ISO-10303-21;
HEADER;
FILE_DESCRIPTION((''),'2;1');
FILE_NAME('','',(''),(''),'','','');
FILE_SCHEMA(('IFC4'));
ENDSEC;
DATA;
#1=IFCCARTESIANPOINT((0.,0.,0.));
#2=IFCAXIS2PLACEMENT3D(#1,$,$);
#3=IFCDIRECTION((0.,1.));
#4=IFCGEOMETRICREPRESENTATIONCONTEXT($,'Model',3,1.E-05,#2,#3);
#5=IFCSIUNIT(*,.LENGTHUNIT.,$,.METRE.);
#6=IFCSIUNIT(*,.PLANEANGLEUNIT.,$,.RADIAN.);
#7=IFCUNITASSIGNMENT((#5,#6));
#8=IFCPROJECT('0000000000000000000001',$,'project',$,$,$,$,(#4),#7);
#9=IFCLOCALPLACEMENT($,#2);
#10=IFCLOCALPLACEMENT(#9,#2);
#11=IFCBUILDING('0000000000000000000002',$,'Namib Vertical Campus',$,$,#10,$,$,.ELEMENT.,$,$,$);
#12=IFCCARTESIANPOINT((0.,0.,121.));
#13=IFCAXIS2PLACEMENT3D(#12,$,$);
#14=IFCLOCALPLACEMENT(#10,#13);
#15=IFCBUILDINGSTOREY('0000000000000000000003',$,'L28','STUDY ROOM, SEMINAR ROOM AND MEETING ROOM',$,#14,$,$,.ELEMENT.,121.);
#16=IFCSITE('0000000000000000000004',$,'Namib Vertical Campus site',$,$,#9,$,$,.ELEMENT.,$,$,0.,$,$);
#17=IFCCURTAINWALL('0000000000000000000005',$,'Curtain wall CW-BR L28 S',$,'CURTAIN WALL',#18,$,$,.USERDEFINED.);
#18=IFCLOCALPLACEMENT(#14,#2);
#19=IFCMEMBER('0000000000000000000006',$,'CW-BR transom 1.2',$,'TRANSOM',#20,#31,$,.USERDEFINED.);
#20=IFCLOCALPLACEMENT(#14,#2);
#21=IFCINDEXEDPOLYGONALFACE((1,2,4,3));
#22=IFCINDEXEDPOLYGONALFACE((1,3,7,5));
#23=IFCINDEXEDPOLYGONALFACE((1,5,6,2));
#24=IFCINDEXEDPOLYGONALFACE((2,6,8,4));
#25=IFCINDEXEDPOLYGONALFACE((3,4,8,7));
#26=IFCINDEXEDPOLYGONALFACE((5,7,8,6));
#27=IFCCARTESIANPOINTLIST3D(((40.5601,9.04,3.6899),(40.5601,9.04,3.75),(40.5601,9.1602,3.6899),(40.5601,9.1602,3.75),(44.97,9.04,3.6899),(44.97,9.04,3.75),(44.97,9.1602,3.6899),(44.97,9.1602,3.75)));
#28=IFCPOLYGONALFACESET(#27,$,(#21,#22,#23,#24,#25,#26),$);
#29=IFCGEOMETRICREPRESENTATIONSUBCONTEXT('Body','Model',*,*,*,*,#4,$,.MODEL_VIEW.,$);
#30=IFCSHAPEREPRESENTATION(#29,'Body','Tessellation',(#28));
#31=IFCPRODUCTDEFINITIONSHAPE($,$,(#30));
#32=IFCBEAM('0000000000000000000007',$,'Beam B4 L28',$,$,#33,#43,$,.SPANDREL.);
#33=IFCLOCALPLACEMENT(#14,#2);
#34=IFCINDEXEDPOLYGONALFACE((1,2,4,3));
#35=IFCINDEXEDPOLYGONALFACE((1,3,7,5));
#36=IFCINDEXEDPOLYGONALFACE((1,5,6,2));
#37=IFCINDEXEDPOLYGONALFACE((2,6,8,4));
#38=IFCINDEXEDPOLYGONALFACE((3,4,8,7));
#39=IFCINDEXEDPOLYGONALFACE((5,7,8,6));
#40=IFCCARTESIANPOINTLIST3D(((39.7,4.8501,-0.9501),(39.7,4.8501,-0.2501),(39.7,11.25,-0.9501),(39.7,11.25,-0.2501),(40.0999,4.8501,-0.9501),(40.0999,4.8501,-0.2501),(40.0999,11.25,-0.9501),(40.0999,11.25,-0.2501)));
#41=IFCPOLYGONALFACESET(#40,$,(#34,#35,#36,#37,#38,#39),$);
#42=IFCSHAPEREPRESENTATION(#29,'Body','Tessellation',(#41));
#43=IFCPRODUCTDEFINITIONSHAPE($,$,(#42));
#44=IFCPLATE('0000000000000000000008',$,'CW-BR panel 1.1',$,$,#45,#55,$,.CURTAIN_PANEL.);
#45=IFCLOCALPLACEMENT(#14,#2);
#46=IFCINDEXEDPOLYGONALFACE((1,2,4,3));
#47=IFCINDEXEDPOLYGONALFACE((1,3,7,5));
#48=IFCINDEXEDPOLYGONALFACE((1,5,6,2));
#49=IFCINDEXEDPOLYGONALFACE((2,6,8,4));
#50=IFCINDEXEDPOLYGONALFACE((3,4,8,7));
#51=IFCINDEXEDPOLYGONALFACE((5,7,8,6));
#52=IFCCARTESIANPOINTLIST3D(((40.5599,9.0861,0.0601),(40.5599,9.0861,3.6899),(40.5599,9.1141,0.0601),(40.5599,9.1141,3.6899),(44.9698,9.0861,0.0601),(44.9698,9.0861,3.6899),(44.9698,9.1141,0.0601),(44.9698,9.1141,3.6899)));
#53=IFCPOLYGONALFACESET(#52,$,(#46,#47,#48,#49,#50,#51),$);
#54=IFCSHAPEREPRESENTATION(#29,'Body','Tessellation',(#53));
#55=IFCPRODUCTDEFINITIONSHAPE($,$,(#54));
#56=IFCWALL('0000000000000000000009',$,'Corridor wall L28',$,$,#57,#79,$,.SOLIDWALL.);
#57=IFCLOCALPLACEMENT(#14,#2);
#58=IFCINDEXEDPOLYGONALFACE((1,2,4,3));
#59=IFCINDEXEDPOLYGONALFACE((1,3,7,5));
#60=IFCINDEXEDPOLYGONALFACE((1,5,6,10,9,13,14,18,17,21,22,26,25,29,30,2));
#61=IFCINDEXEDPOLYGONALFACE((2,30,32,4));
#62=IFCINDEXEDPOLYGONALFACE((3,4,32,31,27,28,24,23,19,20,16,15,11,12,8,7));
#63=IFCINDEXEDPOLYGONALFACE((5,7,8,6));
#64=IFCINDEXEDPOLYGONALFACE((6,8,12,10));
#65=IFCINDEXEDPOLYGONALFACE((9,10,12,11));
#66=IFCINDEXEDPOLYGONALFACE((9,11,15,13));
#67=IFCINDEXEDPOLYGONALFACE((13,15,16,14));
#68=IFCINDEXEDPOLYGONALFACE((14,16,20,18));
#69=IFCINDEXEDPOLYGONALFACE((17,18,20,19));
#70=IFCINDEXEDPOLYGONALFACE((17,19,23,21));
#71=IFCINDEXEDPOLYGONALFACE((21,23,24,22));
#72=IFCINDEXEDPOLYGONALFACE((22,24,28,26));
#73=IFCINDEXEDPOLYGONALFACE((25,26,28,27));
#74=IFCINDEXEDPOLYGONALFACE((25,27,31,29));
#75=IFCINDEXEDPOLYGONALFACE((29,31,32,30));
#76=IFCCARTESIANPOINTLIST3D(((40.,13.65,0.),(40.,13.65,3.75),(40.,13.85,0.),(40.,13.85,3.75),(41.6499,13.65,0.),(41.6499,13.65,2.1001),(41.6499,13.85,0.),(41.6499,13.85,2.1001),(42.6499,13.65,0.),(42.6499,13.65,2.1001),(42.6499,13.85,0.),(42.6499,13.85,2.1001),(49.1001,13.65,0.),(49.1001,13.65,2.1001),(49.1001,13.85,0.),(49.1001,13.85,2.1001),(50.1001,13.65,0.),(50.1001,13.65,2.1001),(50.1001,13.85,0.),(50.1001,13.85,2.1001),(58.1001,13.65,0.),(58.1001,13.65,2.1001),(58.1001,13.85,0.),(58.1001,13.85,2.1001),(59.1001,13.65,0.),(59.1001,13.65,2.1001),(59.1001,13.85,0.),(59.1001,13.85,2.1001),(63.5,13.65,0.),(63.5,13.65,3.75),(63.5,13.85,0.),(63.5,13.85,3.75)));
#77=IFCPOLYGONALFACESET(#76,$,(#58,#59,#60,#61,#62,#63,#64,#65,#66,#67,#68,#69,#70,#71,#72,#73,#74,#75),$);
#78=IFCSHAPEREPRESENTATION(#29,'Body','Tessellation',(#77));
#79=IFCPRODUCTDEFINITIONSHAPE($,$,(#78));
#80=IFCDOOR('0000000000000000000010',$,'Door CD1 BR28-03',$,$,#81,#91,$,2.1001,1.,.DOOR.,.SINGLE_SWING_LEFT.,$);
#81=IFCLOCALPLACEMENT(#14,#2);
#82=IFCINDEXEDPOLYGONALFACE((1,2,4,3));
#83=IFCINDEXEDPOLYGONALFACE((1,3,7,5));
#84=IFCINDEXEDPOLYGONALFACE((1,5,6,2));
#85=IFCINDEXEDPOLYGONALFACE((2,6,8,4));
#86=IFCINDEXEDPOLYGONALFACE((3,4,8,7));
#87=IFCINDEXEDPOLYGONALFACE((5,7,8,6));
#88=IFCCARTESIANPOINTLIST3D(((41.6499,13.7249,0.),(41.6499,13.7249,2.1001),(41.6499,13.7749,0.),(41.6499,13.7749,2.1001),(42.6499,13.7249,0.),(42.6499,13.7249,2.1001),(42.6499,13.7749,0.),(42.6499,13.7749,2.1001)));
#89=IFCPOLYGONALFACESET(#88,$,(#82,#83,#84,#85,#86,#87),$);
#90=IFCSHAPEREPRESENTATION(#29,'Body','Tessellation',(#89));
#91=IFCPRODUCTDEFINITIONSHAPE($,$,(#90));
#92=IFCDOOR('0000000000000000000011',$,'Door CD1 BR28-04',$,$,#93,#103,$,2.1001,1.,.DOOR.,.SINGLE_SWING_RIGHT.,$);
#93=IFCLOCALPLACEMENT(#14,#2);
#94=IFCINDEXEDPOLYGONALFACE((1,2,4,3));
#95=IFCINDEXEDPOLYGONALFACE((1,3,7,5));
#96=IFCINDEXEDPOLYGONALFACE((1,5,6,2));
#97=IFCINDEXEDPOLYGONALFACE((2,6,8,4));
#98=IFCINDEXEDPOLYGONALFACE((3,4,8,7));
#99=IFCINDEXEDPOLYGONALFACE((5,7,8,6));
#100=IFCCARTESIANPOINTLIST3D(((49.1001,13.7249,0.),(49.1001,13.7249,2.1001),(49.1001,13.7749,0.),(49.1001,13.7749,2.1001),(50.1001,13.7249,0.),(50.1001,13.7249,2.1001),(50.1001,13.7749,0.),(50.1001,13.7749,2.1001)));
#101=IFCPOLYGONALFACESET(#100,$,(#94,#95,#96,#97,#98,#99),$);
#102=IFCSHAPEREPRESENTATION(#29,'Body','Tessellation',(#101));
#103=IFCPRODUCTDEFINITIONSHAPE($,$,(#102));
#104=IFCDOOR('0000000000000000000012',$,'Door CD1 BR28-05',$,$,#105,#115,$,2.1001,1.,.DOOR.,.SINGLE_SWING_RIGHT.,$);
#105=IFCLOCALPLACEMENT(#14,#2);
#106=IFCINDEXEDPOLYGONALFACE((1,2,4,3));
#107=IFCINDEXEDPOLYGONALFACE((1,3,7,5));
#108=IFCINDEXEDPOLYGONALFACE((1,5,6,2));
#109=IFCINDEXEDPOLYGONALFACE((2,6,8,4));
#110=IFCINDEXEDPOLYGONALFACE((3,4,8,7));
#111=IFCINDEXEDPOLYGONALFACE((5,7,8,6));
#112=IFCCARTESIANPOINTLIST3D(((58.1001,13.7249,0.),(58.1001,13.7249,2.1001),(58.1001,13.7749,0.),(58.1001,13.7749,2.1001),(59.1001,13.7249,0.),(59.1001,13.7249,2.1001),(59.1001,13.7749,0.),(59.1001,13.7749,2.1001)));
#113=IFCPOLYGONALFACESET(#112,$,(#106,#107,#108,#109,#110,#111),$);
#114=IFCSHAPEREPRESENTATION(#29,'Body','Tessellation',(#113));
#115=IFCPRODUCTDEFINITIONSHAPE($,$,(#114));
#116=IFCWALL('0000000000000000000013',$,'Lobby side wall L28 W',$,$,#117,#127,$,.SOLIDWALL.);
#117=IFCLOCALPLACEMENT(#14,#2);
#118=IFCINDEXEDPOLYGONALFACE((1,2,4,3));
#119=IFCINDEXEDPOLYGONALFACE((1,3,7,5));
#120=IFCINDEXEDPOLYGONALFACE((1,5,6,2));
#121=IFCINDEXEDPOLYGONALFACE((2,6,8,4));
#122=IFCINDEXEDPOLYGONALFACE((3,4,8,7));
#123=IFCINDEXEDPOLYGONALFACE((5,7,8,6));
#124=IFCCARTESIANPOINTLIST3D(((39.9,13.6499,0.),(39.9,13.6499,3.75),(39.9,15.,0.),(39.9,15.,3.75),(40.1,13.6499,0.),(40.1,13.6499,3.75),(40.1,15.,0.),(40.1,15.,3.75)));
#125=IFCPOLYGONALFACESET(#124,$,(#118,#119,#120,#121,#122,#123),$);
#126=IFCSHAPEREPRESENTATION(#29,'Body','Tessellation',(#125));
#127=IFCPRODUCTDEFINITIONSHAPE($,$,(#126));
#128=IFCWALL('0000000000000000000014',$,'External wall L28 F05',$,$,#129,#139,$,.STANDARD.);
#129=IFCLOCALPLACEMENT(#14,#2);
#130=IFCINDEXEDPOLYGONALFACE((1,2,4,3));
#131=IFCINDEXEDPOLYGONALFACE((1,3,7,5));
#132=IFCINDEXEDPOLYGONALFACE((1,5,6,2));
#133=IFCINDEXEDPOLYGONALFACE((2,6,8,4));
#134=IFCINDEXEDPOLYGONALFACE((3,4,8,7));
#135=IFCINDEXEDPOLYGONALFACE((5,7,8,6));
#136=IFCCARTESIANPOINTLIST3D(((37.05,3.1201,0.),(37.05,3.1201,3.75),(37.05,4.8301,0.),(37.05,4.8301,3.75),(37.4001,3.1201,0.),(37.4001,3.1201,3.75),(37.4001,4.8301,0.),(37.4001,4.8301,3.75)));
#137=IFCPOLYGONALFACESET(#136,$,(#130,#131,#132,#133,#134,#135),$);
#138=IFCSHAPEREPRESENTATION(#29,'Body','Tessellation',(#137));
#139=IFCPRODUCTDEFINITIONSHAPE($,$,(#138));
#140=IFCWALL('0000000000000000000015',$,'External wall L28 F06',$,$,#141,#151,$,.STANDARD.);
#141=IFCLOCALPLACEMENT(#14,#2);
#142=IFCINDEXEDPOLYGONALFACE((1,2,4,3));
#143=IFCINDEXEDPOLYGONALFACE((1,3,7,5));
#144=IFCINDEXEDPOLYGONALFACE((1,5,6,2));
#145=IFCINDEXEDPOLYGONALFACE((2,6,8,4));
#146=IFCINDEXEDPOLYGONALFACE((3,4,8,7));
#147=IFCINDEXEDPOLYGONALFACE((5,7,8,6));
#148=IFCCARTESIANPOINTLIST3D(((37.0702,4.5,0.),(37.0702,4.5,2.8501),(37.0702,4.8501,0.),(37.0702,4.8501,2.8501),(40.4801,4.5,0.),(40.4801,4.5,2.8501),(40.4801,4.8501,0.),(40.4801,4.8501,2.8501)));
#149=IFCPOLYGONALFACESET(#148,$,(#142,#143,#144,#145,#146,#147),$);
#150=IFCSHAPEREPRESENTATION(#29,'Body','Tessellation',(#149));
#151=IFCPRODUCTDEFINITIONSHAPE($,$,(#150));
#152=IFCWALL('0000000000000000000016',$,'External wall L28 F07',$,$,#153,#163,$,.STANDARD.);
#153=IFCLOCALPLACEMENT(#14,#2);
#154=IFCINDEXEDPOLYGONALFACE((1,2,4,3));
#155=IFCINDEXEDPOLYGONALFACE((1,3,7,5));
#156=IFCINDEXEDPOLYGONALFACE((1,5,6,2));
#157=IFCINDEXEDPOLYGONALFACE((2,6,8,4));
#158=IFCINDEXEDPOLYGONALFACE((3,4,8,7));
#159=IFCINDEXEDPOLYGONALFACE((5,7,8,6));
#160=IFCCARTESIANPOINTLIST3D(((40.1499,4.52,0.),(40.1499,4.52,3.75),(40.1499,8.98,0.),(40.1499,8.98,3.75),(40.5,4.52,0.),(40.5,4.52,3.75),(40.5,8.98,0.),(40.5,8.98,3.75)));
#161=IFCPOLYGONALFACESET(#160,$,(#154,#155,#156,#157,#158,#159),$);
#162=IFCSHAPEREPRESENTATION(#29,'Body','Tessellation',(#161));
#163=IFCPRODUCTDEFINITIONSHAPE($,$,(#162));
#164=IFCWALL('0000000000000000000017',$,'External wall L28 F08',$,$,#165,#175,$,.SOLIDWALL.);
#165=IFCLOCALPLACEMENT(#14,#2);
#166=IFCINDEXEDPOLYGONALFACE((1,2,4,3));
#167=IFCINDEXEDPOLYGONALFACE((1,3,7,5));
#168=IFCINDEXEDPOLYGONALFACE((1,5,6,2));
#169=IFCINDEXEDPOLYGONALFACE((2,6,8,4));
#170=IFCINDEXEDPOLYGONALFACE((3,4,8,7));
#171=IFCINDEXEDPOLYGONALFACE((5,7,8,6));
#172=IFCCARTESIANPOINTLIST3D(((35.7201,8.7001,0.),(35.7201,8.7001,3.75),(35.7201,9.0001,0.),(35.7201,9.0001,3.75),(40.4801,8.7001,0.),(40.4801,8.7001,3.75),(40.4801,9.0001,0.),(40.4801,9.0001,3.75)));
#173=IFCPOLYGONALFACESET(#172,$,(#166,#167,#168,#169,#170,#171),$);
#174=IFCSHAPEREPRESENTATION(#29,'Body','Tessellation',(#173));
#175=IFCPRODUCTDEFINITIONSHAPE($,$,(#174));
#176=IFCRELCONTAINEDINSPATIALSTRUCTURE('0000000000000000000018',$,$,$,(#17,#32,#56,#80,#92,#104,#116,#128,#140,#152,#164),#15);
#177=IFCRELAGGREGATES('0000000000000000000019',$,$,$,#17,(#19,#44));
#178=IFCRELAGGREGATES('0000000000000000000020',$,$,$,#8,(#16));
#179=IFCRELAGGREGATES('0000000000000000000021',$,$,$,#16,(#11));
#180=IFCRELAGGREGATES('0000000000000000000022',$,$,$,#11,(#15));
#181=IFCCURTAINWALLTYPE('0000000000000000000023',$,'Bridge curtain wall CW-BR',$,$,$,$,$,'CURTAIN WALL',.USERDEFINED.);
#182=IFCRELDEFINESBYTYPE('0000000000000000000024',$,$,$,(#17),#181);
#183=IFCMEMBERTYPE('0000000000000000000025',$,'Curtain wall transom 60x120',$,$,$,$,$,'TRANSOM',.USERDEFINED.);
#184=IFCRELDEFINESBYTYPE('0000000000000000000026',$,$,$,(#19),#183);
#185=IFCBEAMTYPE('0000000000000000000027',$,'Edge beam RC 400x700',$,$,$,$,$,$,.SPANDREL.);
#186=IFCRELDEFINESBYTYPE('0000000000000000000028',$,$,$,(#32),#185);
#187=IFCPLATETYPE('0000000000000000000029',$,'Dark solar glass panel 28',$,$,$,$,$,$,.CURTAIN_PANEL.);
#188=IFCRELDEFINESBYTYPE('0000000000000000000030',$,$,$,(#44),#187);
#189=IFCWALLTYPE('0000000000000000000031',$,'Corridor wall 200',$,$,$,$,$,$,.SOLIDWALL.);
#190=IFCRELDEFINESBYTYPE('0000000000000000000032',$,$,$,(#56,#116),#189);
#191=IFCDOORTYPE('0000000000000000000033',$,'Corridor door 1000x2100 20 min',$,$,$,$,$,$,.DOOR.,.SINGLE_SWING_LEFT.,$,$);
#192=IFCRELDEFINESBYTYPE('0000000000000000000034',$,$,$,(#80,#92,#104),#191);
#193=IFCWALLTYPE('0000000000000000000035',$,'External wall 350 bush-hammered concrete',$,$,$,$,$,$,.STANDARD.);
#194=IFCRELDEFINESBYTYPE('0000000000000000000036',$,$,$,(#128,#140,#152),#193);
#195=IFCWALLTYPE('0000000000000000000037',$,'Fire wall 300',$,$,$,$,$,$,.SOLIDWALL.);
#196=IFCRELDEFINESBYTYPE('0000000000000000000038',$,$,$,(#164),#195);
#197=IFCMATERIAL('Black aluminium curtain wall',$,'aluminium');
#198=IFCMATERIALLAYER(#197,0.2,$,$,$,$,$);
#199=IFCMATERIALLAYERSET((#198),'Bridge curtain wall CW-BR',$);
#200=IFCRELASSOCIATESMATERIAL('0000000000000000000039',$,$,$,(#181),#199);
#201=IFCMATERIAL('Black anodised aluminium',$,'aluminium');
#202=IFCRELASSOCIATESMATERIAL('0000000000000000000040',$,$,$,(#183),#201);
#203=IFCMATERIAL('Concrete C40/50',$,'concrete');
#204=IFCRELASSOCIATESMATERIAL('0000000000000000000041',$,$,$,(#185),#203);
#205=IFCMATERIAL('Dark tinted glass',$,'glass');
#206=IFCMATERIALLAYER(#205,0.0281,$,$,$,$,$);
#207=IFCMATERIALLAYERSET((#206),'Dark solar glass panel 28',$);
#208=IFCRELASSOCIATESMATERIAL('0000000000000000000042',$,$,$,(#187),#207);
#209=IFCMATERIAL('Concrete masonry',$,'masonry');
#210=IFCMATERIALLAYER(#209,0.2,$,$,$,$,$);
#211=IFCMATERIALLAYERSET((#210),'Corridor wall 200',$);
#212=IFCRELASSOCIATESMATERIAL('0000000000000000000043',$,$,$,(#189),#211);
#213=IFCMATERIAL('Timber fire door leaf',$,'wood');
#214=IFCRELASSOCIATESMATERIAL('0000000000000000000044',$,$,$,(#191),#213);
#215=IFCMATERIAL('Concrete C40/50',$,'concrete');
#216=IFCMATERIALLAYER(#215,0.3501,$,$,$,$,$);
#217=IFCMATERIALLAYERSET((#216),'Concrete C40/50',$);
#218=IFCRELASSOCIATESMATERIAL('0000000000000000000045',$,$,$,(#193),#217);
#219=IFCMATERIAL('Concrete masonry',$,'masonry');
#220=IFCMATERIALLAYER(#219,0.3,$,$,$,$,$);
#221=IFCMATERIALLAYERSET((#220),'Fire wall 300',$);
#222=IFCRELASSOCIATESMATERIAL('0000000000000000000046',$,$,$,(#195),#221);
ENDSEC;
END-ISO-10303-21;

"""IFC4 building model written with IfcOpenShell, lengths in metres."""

from ifc_helpers import new_model, si_unit, direction, frame, frame_2d, origin, origin_2d, place, context, subcontext, project, spatial, rectangle, extrude, material, layer, layer_set, material_profile, profile_set, type_object, element, fill, aggregate, save


model = new_model("IFC4")

# Units and contexts
model_context = context("Model", 3, precision=1e-05, world=origin(), true_north=direction((0.0, 1.0)))
body_context = subcontext(model_context, "Body", "Model", "MODEL_VIEW")
ifc_project = project(units=[si_unit("LENGTHUNIT", "METRE"), si_unit("PLANEANGLEUNIT", "RADIAN")], contexts=[model_context])

# Site, building, storey
site_placement = place(None, origin())
site = spatial("IfcSite", under=ifc_project, at=site_placement, Name="Namib Vertical Campus site", CompositionType="ELEMENT", RefElevation=0.0)
building_placement = place(site_placement, origin())
building = spatial("IfcBuilding", under=site, at=building_placement, Name="Namib Vertical Campus", CompositionType="ELEMENT")
storey_placement = place(building_placement, frame((0.0, 0.0, 121.0)))
storey = spatial("IfcBuildingStorey", under=building, at=storey_placement, Name="L28", Description="STUDY ROOM, SEMINAR ROOM AND MEETING ROOM", CompositionType="ELEMENT", Elevation=121.0)

# Curtain wall, member
ifc_material_1 = material(Name="Black aluminium curtain wall", Category="aluminium")
ifc_layer_1 = layer(ifc_material_1, 0.2)
ifc_layer_set_1 = layer_set([ifc_layer_1], Name="Bridge curtain wall CW-BR")
curtain_wall_type = type_object("IfcCurtainWallType", Name="Bridge curtain wall CW-BR", ElementType="CURTAIN WALL", PredefinedType="USERDEFINED", material=ifc_layer_set_1)
curtain_wall_placement = place(storey_placement, origin())
curtain_wall = element("IfcCurtainWall", 1, at=curtain_wall_placement, inside=storey, type_object=curtain_wall_type, Name="Curtain wall CW-BR L28 S", ObjectType="CURTAIN WALL", PredefinedType="USERDEFINED")
ifc_material_2 = material(Name="Black anodised aluminium", Category="aluminium")
ifc_material_profile_1 = material_profile(ifc_material_2, rectangle(XDim=0.0601, YDim=0.1201, at=origin_2d()))
ifc_profile_set_1 = profile_set([ifc_material_profile_1], Name="Black anodised aluminium")
member_type_1 = type_object("IfcMemberType", Name="Curtain wall transom 60x120", ElementType="TRANSOM", PredefinedType="USERDEFINED", material=ifc_profile_set_1)
member_1_placement = place(storey_placement, frame((40.5601, 9.1001, 3.72), z_axis=(1.0, 0.0, 0.0), x_axis=(0.0, 0.0, 1.0)))
member_1 = element("IfcMember", 2, at=member_1_placement, type_object=member_type_1, Name="CW-BR transom 1.2", ObjectType="TRANSOM", PredefinedType="USERDEFINED", context=body_context, shape_type="SweptSolid", body=[
    extrude(rectangle(XDim=0.0601, YDim=0.1201, at=origin_2d()), origin(), (0.0, 0.0, 1.0), 4.4099),
])

# Beam
ifc_material_3 = material(Name="Concrete C40/50", Category="concrete")
ifc_material_profile_2 = material_profile(ifc_material_3, rectangle(XDim=0.3999, YDim=0.7, at=origin_2d()))
ifc_profile_set_2 = profile_set([ifc_material_profile_2], Name="Concrete C40/50")
beam_type_1 = type_object("IfcBeamType", Name="Edge beam RC 400x700", PredefinedType="SPANDREL", material=ifc_profile_set_2)
beam_placement = place(storey_placement, frame((39.8999, 4.8501, -0.6001), z_axis=(0.0, 1.0, 0.0), x_axis=(-1.0, 0.0, 0.0)))
element("IfcBeam", 3, at=beam_placement, inside=storey, type_object=beam_type_1, Name="Beam B4 L28", PredefinedType="SPANDREL", context=body_context, shape_type="SweptSolid", body=[
    extrude(rectangle(XDim=0.3999, YDim=0.7, at=origin_2d()), origin(), (0.0, 0.0, 1.0), 6.3999),
])

# Plate
ifc_material_4 = material(Name="Dark tinted glass", Category="glass")
ifc_layer_2 = layer(ifc_material_4, 0.0281)
ifc_layer_set_2 = layer_set([ifc_layer_2], Name="Dark solar glass panel 28")
plate_type = type_object("IfcPlateType", Name="Dark solar glass panel 28", PredefinedType="CURTAIN_PANEL", material=ifc_layer_set_2)
plate_placement = place(storey_placement, frame((42.7649, 9.1001, 0.0601), z_axis=(0.0, 0.0, 1.0), x_axis=(1.0, 0.0, 0.0)))
plate = element("IfcPlate", 4, at=plate_placement, type_object=plate_type, Name="CW-BR panel 1.1", PredefinedType="CURTAIN_PANEL", context=body_context, shape_type="SweptSolid", body=[
    extrude(rectangle(XDim=4.4099, YDim=0.0281, at=origin_2d()), origin(), (0.0, 0.0, 1.0), 3.6299),
])
aggregate(curtain_wall, [member_1, plate])

# Wall, openings, doors
ifc_material_5 = material(Name="Concrete masonry", Category="masonry")
ifc_layer_3 = layer(ifc_material_5, 0.2)
ifc_layer_set_3 = layer_set([ifc_layer_3], Name="Corridor wall 200")
wall_type_1 = type_object("IfcWallType", Name="Corridor wall 200", PredefinedType="SOLIDWALL", material=ifc_layer_set_3)
wall_1_placement = place(storey_placement, frame((40.0, 13.75, 0.0), z_axis=(0.0, 0.0, 1.0), x_axis=(1.0, 0.0, 0.0)))
wall_1 = element("IfcWall", 5, at=wall_1_placement, inside=storey, type_object=wall_type_1, Name="Corridor wall L28", PredefinedType="SOLIDWALL", context=body_context, shape_type="SweptSolid", body=[
    extrude(rectangle(XDim=23.5, YDim=0.2, at=frame_2d((11.75, 0.0))), origin(), (0.0, 0.0, 1.0), 3.75),
])
opening_1_placement = place(wall_1_placement, frame((1.6499, 0.0, 0.0)))
opening_1 = element("IfcOpeningElement", 6, at=opening_1_placement, cuts=wall_1, PredefinedType="OPENING", context=body_context, shape_type="SweptSolid", body=[
    extrude(rectangle(XDim=1.0, YDim=2.1001, at=frame_2d((0.5, 1.05))), frame((0.0, 0.1099, 0.0), z_axis=(0.0, -1.0, 0.0), x_axis=(1.0, 0.0, 0.0)), (0.0, 0.0, 1.0), 0.22),
])
opening_2_placement = place(wall_1_placement, frame((9.1001, 0.0, 0.0)))
opening_2 = element("IfcOpeningElement", 7, at=opening_2_placement, cuts=wall_1, PredefinedType="OPENING", context=body_context, shape_type="SweptSolid", body=[
    extrude(rectangle(XDim=1.0, YDim=2.1001, at=frame_2d((0.5, 1.05))), frame((0.0, 0.1099, 0.0), z_axis=(0.0, -1.0, 0.0), x_axis=(1.0, 0.0, 0.0)), (0.0, 0.0, 1.0), 0.22),
])
opening_3_placement = place(wall_1_placement, frame((18.1001, 0.0, 0.0)))
opening_3 = element("IfcOpeningElement", 8, at=opening_3_placement, cuts=wall_1, PredefinedType="OPENING", context=body_context, shape_type="SweptSolid", body=[
    extrude(rectangle(XDim=1.0, YDim=2.1001, at=frame_2d((0.5, 1.05))), frame((0.0, 0.1099, 0.0), z_axis=(0.0, -1.0, 0.0), x_axis=(1.0, 0.0, 0.0)), (0.0, 0.0, 1.0), 0.22),
])
ifc_material_6 = material(Name="Timber fire door leaf", Category="wood")
door_type = type_object("IfcDoorType", Name="Corridor door 1000x2100 20 min", OperationType="SINGLE_SWING_LEFT", PredefinedType="DOOR", material=ifc_material_6)
door_1_placement = place(opening_1_placement, origin())
door_1 = element("IfcDoor", 9, at=door_1_placement, inside=storey, type_object=door_type, Name="Door CD1 BR28-03", OperationType="SINGLE_SWING_LEFT", OverallHeight=2.1001, OverallWidth=1.0, PredefinedType="DOOR", context=body_context, shape_type="SweptSolid", body=[
    extrude(rectangle(XDim=1.0, YDim=2.1001, at=frame_2d((0.5, 1.05))), frame((0.0, 0.0249, 0.0), z_axis=(0.0, -1.0, 0.0), x_axis=(1.0, 0.0, 0.0)), (0.0, 0.0, 1.0), 0.05),
])
fill(opening_1, door_1)
door_2_placement = place(opening_2_placement, origin())
door_2 = element("IfcDoor", 10, at=door_2_placement, inside=storey, type_object=door_type, Name="Door CD1 BR28-04", OperationType="SINGLE_SWING_RIGHT", OverallHeight=2.1001, OverallWidth=1.0, PredefinedType="DOOR", context=body_context, shape_type="SweptSolid", body=[
    extrude(rectangle(XDim=1.0, YDim=2.1001, at=frame_2d((0.5, 1.05))), frame((0.0, 0.0249, 0.0), z_axis=(0.0, -1.0, 0.0), x_axis=(1.0, 0.0, 0.0)), (0.0, 0.0, 1.0), 0.05),
])
fill(opening_2, door_2)
door_3_placement = place(opening_3_placement, origin())
door_3 = element("IfcDoor", 11, at=door_3_placement, inside=storey, type_object=door_type, Name="Door CD1 BR28-05", OperationType="SINGLE_SWING_RIGHT", OverallHeight=2.1001, OverallWidth=1.0, PredefinedType="DOOR", context=body_context, shape_type="SweptSolid", body=[
    extrude(rectangle(XDim=1.0, YDim=2.1001, at=frame_2d((0.5, 1.05))), frame((0.0, 0.0249, 0.0), z_axis=(0.0, -1.0, 0.0), x_axis=(1.0, 0.0, 0.0)), (0.0, 0.0, 1.0), 0.05),
])
fill(opening_3, door_3)

# Walls
wall_2_placement = place(storey_placement, frame((40.0, 13.6499, 0.0), z_axis=(0.0, 0.0, 1.0), x_axis=(0.0, 1.0, 0.0)))
element("IfcWall", 12, at=wall_2_placement, inside=storey, type_object=wall_type_1, Name="Lobby side wall L28 W", PredefinedType="SOLIDWALL", context=body_context, shape_type="SweptSolid", body=[
    extrude(rectangle(XDim=1.3501, YDim=0.2, at=frame_2d((0.675, 0.0))), origin(), (0.0, 0.0, 1.0), 3.75),
])
ifc_material_7 = material(Name="Concrete C40/50", Category="concrete")
ifc_layer_4 = layer(ifc_material_7, 0.3501)
ifc_layer_set_4 = layer_set([ifc_layer_4], Name="Concrete C40/50")
wall_type_2 = type_object("IfcWallType", Name="External wall 350 bush-hammered concrete", PredefinedType="STANDARD", material=ifc_layer_set_4)
wall_3_placement = place(storey_placement, frame((37.2251, 3.1201, 0.0), z_axis=(0.0, 0.0, 1.0), x_axis=(0.0, 1.0, 0.0)))
element("IfcWall", 13, at=wall_3_placement, inside=storey, type_object=wall_type_2, Name="External wall L28 F05", PredefinedType="STANDARD", context=body_context, shape_type="SweptSolid", body=[
    extrude(rectangle(XDim=1.71, YDim=0.3501, at=frame_2d((0.855, 0.0))), origin(), (0.0, 0.0, 1.0), 3.75),
])
wall_4_placement = place(storey_placement, frame((37.0701, 4.675, 0.0), z_axis=(0.0, 0.0, 1.0), x_axis=(1.0, 0.0, 0.0)))
element("IfcWall", 14, at=wall_4_placement, inside=storey, type_object=wall_type_2, Name="External wall L28 F06", PredefinedType="STANDARD", context=body_context, shape_type="SweptSolid", body=[
    extrude(rectangle(XDim=3.4099, YDim=0.3501, at=frame_2d((1.7051, 0.0))), origin(), (0.0, 0.0, 1.0), 2.8501),
])
wall_5_placement = place(storey_placement, frame((40.325, 4.52, 0.0), z_axis=(0.0, 0.0, 1.0), x_axis=(0.0, 1.0, 0.0)))
element("IfcWall", 15, at=wall_5_placement, inside=storey, type_object=wall_type_2, Name="External wall L28 F07", PredefinedType="STANDARD", context=body_context, shape_type="SweptSolid", body=[
    extrude(rectangle(XDim=4.46, YDim=0.3501, at=frame_2d((2.23, 0.0))), origin(), (0.0, 0.0, 1.0), 3.75),
])
ifc_material_8 = material(Name="Concrete masonry", Category="masonry")
ifc_layer_5 = layer(ifc_material_8, 0.3)
ifc_layer_set_5 = layer_set([ifc_layer_5], Name="Fire wall 300")
wall_type_3 = type_object("IfcWallType", Name="Fire wall 300", PredefinedType="SOLIDWALL", material=ifc_layer_set_5)
wall_6_placement = place(storey_placement, frame((40.48, 8.8501, 0.0), z_axis=(0.0, 0.0, 1.0), x_axis=(-1.0, 0.0, 0.0)))
element("IfcWall", 16, at=wall_6_placement, inside=storey, type_object=wall_type_3, Name="External wall L28 F08", PredefinedType="SOLIDWALL", context=body_context, shape_type="SweptSolid", body=[
    extrude(rectangle(XDim=4.76, YDim=0.3, at=frame_2d((2.3799, 0.0))), origin(), (0.0, 0.0, 1.0), 3.75),
])

save(model, "model.ifc")
